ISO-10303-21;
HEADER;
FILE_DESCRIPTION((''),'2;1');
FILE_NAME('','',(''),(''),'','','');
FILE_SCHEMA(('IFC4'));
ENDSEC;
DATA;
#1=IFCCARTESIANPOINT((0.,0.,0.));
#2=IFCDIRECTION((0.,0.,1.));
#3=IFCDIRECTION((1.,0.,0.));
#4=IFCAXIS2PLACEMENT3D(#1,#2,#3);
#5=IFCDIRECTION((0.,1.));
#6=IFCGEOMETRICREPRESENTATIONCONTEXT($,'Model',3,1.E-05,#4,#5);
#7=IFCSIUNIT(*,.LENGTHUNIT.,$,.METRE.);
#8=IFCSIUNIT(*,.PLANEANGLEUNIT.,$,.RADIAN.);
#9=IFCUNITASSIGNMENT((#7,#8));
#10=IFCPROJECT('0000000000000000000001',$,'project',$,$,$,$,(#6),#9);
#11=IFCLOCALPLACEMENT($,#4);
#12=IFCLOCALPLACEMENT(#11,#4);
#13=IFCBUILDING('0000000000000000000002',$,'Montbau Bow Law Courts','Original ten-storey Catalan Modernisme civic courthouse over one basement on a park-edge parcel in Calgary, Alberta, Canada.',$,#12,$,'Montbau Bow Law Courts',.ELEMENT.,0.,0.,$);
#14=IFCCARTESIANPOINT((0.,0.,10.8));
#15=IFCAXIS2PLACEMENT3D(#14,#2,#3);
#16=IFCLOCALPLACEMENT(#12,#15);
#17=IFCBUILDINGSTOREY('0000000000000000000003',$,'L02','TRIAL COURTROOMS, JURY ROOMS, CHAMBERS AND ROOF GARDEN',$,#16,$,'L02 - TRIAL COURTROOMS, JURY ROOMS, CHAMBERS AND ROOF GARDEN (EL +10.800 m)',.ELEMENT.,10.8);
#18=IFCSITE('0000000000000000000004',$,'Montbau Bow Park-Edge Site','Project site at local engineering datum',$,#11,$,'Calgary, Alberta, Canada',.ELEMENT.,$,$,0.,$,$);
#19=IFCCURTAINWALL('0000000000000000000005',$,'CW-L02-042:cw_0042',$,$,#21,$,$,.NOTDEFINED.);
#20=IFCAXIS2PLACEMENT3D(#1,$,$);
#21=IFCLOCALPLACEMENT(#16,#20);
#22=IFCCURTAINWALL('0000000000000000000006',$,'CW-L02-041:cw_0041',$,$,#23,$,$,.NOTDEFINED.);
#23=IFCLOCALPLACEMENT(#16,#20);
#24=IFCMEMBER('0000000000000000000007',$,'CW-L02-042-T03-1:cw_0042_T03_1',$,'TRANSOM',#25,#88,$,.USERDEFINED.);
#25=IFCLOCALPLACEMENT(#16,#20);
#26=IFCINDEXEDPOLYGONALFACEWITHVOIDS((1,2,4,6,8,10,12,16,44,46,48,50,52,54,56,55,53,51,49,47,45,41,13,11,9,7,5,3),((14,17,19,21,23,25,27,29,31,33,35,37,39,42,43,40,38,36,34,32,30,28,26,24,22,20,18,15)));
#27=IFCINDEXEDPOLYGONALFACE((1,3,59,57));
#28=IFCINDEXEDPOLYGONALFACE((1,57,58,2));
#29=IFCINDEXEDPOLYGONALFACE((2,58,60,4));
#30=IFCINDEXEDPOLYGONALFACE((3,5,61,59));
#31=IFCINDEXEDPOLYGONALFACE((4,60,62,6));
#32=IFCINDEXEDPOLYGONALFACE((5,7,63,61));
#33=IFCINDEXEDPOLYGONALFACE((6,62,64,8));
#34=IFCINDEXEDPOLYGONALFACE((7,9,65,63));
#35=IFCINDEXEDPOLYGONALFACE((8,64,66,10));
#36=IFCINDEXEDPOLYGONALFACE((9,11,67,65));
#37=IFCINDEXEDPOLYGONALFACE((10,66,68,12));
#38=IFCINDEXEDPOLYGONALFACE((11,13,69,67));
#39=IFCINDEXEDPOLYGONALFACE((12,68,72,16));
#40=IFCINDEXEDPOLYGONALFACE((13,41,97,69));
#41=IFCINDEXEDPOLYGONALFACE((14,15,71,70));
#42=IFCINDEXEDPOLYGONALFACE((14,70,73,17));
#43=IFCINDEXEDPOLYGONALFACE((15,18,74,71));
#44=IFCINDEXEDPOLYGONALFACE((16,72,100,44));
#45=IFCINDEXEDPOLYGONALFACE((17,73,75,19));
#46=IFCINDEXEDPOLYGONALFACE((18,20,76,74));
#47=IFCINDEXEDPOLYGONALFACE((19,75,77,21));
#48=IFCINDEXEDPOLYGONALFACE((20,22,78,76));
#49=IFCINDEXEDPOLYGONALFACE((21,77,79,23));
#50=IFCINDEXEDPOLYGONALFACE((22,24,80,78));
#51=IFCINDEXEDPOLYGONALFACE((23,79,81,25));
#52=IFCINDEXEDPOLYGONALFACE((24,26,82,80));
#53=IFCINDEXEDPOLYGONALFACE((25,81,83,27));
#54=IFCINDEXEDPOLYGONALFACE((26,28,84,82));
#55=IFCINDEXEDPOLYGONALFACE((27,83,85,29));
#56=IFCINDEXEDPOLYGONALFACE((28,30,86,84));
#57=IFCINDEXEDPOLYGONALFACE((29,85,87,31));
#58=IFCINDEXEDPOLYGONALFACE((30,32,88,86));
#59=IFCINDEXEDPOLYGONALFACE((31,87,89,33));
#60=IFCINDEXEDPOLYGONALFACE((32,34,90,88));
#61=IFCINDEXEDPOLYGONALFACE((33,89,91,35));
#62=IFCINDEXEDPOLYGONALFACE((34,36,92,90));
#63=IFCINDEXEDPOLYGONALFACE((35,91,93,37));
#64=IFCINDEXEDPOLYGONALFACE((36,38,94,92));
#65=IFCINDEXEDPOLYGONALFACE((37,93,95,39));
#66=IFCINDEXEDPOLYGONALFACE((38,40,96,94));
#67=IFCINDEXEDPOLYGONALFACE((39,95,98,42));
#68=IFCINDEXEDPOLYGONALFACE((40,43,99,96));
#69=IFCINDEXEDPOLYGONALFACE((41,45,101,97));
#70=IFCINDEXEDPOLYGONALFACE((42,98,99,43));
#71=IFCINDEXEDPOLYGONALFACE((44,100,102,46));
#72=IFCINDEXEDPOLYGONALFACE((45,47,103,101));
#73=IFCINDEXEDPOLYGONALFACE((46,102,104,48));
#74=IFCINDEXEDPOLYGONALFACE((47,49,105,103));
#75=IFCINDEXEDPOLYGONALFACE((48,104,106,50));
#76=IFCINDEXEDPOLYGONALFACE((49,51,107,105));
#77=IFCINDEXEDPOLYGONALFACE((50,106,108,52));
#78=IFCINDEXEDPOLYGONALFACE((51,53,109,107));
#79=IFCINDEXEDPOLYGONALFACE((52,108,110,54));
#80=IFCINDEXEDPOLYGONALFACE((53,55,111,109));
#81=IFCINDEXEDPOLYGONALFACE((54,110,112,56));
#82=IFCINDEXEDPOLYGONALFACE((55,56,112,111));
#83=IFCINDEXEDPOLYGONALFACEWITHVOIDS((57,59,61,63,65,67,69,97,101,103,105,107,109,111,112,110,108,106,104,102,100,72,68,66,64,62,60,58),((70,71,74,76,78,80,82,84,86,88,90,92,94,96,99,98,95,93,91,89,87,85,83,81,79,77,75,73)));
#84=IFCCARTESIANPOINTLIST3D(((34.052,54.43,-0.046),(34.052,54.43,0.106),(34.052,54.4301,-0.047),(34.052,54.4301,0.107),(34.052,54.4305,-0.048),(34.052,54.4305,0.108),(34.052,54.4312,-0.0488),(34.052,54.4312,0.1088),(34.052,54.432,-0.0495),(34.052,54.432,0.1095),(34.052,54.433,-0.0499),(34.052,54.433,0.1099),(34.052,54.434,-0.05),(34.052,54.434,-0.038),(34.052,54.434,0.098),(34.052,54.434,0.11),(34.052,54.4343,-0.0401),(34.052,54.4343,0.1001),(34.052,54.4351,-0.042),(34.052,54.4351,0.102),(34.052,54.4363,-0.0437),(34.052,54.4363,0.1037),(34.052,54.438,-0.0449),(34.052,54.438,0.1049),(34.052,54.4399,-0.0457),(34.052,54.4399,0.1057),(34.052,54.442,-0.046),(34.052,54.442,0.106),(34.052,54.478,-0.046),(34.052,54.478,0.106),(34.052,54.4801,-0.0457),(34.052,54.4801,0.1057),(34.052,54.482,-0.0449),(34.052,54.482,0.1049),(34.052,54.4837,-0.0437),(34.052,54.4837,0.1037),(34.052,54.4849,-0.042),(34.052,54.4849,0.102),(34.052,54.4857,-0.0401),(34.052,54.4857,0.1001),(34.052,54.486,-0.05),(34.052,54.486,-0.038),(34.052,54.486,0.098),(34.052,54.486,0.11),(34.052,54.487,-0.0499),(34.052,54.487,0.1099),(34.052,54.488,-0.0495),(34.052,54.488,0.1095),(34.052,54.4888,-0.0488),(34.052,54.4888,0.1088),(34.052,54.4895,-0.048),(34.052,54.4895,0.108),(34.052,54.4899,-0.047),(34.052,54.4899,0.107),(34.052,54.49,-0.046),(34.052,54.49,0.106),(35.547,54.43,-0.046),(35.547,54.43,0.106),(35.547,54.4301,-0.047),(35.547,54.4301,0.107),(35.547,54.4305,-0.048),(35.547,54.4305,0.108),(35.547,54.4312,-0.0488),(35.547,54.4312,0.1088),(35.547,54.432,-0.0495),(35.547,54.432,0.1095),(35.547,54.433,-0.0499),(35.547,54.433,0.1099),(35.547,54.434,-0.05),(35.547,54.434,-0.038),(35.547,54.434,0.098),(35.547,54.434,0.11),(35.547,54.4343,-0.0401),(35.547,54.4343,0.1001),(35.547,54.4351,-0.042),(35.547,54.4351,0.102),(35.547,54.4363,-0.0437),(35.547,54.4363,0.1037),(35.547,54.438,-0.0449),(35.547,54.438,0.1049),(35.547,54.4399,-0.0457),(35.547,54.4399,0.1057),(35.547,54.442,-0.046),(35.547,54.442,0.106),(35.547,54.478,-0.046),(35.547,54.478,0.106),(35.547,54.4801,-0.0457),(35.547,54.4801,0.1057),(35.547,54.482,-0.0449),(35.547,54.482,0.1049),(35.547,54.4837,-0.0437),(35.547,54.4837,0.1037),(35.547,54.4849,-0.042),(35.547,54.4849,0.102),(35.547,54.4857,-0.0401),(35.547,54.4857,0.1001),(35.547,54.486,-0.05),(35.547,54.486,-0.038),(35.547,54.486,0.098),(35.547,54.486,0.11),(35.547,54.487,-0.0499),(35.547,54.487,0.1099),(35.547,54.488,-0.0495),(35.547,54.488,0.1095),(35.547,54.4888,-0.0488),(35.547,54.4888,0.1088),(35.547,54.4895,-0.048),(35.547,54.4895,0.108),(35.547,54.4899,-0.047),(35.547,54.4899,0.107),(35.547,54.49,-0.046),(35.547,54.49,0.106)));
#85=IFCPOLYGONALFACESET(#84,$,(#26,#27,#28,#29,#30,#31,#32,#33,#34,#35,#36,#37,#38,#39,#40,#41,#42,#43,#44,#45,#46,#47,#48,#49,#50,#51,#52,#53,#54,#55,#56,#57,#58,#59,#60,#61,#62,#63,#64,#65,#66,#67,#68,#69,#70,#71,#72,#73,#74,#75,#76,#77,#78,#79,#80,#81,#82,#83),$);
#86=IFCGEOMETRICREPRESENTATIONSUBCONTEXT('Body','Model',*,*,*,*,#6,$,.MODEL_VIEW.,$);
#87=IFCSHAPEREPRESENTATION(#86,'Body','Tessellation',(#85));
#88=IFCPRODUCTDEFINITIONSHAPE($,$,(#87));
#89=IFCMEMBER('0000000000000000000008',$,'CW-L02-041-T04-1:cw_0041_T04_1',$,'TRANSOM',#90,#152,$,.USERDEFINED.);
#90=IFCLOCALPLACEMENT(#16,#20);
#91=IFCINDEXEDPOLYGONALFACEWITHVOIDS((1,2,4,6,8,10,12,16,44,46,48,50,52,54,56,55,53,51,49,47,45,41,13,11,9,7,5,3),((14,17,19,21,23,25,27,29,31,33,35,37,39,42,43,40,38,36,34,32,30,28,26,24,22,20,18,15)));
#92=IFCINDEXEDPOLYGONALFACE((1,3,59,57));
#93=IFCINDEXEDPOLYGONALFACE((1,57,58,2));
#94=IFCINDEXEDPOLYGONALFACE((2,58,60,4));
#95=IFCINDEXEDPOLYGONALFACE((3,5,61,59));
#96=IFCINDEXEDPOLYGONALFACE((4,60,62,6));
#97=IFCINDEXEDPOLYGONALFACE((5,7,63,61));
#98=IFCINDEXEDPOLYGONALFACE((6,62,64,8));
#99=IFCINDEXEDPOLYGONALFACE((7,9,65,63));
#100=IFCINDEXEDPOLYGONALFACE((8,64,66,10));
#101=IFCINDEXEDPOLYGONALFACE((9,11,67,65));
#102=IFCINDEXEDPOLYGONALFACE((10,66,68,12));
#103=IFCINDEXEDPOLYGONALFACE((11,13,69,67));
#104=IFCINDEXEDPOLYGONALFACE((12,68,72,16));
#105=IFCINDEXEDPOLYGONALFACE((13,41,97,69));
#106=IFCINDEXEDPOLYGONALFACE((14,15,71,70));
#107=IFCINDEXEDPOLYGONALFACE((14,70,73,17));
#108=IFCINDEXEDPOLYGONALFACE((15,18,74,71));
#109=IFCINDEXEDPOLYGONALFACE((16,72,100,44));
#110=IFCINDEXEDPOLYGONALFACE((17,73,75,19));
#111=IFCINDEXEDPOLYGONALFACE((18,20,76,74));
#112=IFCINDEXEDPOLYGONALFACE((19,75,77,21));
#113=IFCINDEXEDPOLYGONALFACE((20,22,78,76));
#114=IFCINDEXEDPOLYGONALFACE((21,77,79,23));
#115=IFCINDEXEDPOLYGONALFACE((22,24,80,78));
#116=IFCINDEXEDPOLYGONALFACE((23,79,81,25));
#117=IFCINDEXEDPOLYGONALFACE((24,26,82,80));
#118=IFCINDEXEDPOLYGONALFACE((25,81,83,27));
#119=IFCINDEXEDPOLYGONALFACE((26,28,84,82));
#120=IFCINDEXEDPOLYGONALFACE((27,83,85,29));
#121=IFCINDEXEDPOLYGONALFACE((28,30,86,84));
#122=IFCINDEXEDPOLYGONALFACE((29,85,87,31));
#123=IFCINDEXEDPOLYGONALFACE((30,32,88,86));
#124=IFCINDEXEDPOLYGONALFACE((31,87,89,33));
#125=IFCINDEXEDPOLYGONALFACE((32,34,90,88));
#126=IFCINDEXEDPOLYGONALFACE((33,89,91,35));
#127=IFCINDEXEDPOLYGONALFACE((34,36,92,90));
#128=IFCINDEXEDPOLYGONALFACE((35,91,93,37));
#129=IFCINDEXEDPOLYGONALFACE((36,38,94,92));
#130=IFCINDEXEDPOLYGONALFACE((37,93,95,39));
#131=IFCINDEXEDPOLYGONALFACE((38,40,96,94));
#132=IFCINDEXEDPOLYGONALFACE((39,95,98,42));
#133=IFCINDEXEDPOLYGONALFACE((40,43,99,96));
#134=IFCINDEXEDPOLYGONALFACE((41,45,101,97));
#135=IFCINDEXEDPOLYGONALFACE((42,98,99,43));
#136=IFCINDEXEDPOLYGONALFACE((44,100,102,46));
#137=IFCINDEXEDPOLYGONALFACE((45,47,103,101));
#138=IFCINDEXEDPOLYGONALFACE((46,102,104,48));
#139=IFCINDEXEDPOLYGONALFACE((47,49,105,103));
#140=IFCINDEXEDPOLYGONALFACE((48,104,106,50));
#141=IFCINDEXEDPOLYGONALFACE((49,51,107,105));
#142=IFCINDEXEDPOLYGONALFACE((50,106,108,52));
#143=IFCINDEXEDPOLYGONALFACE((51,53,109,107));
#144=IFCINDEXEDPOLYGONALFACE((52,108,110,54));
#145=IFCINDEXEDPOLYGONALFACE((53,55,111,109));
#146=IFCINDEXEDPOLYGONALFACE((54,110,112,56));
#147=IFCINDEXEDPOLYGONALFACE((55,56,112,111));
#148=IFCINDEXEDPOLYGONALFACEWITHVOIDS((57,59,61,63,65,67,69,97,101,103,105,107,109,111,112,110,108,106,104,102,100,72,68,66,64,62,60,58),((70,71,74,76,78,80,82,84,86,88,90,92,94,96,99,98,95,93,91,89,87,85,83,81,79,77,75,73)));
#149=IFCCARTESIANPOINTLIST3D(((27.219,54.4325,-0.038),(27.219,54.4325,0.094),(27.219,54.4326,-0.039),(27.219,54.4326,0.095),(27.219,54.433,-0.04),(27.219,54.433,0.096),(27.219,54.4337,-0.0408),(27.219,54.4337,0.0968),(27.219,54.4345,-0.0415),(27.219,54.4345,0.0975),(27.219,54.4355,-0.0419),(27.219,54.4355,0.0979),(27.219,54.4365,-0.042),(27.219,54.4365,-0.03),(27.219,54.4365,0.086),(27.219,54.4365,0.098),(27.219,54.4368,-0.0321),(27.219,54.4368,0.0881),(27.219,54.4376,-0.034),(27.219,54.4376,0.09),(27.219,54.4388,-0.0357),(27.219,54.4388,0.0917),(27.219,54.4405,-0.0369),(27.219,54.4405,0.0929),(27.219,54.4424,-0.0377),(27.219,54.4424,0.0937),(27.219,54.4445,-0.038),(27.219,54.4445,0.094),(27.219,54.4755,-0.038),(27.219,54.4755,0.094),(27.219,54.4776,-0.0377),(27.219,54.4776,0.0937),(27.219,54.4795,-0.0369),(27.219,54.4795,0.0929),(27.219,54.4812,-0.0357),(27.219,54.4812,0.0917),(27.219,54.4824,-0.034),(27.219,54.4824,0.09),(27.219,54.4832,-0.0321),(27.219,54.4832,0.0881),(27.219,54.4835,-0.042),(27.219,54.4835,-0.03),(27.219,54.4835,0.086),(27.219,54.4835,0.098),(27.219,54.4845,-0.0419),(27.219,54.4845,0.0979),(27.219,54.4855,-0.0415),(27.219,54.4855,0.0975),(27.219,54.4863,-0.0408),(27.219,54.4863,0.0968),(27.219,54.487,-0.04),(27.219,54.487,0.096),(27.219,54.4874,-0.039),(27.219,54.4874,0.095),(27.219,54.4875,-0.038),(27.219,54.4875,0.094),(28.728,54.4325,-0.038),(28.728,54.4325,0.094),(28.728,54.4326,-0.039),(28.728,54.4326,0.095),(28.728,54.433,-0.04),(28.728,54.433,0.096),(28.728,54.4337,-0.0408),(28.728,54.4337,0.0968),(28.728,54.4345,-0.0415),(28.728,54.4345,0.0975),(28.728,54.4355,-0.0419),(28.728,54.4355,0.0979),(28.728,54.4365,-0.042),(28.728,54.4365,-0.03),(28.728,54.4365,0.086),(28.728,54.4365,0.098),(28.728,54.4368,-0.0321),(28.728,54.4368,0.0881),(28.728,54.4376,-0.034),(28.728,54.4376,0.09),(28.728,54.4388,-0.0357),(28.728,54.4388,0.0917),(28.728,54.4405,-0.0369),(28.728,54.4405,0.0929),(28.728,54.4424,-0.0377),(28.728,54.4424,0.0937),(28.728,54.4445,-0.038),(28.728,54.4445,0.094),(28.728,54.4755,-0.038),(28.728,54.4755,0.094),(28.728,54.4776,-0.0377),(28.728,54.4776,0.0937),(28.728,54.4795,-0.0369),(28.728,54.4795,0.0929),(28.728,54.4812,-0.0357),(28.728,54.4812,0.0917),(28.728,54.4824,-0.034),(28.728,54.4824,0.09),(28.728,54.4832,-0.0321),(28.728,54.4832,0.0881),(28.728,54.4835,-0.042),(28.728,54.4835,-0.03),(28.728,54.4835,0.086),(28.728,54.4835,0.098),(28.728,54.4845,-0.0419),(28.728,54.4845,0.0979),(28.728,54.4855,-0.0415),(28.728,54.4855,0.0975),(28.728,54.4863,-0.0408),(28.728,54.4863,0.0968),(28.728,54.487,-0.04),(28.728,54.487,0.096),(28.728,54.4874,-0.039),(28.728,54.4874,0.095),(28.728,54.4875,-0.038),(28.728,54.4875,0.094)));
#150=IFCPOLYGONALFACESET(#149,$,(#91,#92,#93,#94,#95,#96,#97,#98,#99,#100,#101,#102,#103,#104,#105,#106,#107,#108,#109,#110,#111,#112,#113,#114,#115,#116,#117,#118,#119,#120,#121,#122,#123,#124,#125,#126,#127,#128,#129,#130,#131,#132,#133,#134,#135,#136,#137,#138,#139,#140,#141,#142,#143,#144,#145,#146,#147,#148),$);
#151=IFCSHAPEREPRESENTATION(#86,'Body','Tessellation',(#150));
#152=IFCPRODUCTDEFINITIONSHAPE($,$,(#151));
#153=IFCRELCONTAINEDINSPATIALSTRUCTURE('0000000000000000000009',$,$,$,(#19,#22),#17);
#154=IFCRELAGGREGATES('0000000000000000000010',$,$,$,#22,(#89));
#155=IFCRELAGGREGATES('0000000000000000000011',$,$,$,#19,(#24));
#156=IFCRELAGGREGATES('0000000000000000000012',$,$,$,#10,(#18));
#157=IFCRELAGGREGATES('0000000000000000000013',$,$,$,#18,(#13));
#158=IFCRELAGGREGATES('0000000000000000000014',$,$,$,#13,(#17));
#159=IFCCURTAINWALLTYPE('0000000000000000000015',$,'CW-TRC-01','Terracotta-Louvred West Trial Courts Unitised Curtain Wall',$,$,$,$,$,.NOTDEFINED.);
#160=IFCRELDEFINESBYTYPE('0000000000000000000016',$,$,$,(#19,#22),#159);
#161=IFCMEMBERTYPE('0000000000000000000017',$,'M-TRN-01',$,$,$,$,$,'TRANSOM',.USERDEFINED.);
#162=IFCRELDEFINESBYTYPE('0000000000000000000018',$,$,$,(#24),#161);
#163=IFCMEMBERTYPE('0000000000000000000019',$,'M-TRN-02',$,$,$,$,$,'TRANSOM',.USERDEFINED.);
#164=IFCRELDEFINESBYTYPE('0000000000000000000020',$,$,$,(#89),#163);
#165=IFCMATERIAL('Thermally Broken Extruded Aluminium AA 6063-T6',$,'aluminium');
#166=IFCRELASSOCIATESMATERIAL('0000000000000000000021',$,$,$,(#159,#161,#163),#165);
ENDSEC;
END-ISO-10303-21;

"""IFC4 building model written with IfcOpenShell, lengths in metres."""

from ifc_helpers import new_model, si_unit, direction, frame, origin_with_axes, origin_2d_with_axis, place, context, subcontext, project, spatial, hollow_rectangle, extrude, material, material_profile, profile_set, type_object, element, aggregate, save


model = new_model("IFC4")

# Units and contexts
model_context = context("Model", 3, precision=1e-05, world=origin_with_axes(), true_north=direction((0.0, 1.0)))
body_context = subcontext(model_context, "Body", "Model", "MODEL_VIEW")
ifc_project = project(units=[si_unit("LENGTHUNIT", "METRE"), si_unit("PLANEANGLEUNIT", "RADIAN")], contexts=[model_context])

# Site, building, storey
site_placement = place(None, origin_with_axes())
site = spatial("IfcSite", under=ifc_project, at=site_placement, Name="Montbau Bow Park-Edge Site", Description="Project site at local engineering datum", LongName="Calgary, Alberta, Canada", CompositionType="ELEMENT", RefElevation=0.0)
building_placement = place(site_placement, origin_with_axes())
building = spatial("IfcBuilding", under=site, at=building_placement, Name="Montbau Bow Law Courts", Description="Original ten-storey Catalan Modernisme civic courthouse over one basement on a park-edge parcel in Calgary, Alberta, Canada.", LongName="Montbau Bow Law Courts", CompositionType="ELEMENT", ElevationOfRefHeight=0.0, ElevationOfTerrain=0.0)
storey_placement = place(building_placement, frame((0.0, 0.0, 10.8), z_axis=(0.0, 0.0, 1.0), x_axis=(1.0, 0.0, 0.0)))
storey = spatial("IfcBuildingStorey", under=building, at=storey_placement, Name="L02", Description="TRIAL COURTROOMS, JURY ROOMS, CHAMBERS AND ROOF GARDEN", LongName="L02 - TRIAL COURTROOMS, JURY ROOMS, CHAMBERS AND ROOF GARDEN (EL +10.800 m)", CompositionType="ELEMENT", Elevation=10.8)

# Curtain walls
ifc_material_1 = material(Name="Thermally Broken Extruded Aluminium AA 6063-T6", Category="aluminium")
curtain_wall_type = type_object("IfcCurtainWallType", Name="CW-TRC-01", Description="Terracotta-Louvred West Trial Courts Unitised Curtain Wall", PredefinedType="NOTDEFINED", material=ifc_material_1)
curtain_wall_1_placement = place(None, frame((30.867, 54.46, 10.8), z_axis=(0.0, 0.0, 1.0), x_axis=(1.0, 0.0, 0.0)))
curtain_wall_1 = element("IfcCurtainWall", 1, at=curtain_wall_1_placement, inside=storey, type_object=curtain_wall_type, Name="CW-L02-042:cw_0042", PredefinedType="NOTDEFINED")
curtain_wall_2_placement = place(None, frame((22.467, 54.46, 10.8), z_axis=(0.0, 0.0, 1.0), x_axis=(1.0, 0.0, 0.0)))
curtain_wall_2 = element("IfcCurtainWall", 2, at=curtain_wall_2_placement, inside=storey, type_object=curtain_wall_type, Name="CW-L02-041:cw_0041", PredefinedType="NOTDEFINED")

# Members
ifc_material_profile_1 = material_profile(ifc_material_1, hollow_rectangle(XDim=0.06, YDim=0.16, WallThickness=0.004, InnerFilletRadius=0.008, OuterFilletRadius=0.004, at=origin_2d_with_axis()), Name="CWT-160X60", Category="Main", Priority=0)
ifc_profile_set_1 = profile_set([ifc_material_profile_1], Name="Thermally Broken Extruded Aluminium AA 6063-T6")
member_type_1 = type_object("IfcMemberType", Name="M-TRN-01", ElementType="TRANSOM", PredefinedType="USERDEFINED", material=ifc_profile_set_1)
member_1_placement = place(None, frame((34.052, 54.46, 10.83), z_axis=(1.0, 0.0, 0.0), x_axis=(0.0, 1.0, 0.0)))
member_1 = element("IfcMember", 3, at=member_1_placement, type_object=member_type_1, Name="CW-L02-042-T03-1:cw_0042_T03_1", ObjectType="TRANSOM", PredefinedType="USERDEFINED", context=body_context, shape_type="SweptSolid", body=[
    extrude(hollow_rectangle(XDim=0.06, YDim=0.16, WallThickness=0.004, InnerFilletRadius=0.008, OuterFilletRadius=0.004, at=origin_2d_with_axis()), origin_with_axes(), (0.0, 0.0, 1.0), 1.495),
])
ifc_material_profile_2 = material_profile(ifc_material_1, hollow_rectangle(XDim=0.055, YDim=0.14, WallThickness=0.004, InnerFilletRadius=0.008, OuterFilletRadius=0.004, at=origin_2d_with_axis()), Name="CWT-140X55", Category="Main", Priority=0)
ifc_profile_set_2 = profile_set([ifc_material_profile_2], Name="Thermally Broken Extruded Aluminium AA 6063-T6")
member_type_2 = type_object("IfcMemberType", Name="M-TRN-02", ElementType="TRANSOM", PredefinedType="USERDEFINED", material=ifc_profile_set_2)
member_2_placement = place(None, frame((27.219, 54.46, 10.828), z_axis=(1.0, 0.0, 0.0), x_axis=(0.0, 1.0, 0.0)))
member_2 = element("IfcMember", 4, at=member_2_placement, type_object=member_type_2, Name="CW-L02-041-T04-1:cw_0041_T04_1", ObjectType="TRANSOM", PredefinedType="USERDEFINED", context=body_context, shape_type="SweptSolid", body=[
    extrude(hollow_rectangle(XDim=0.055, YDim=0.14, WallThickness=0.004, InnerFilletRadius=0.008, OuterFilletRadius=0.004, at=origin_2d_with_axis()), origin_with_axes(), (0.0, 0.0, 1.0), 1.509),
])

aggregate(curtain_wall_2, [member_2])
aggregate(curtain_wall_1, [member_1])

save(model, "model.ifc")
